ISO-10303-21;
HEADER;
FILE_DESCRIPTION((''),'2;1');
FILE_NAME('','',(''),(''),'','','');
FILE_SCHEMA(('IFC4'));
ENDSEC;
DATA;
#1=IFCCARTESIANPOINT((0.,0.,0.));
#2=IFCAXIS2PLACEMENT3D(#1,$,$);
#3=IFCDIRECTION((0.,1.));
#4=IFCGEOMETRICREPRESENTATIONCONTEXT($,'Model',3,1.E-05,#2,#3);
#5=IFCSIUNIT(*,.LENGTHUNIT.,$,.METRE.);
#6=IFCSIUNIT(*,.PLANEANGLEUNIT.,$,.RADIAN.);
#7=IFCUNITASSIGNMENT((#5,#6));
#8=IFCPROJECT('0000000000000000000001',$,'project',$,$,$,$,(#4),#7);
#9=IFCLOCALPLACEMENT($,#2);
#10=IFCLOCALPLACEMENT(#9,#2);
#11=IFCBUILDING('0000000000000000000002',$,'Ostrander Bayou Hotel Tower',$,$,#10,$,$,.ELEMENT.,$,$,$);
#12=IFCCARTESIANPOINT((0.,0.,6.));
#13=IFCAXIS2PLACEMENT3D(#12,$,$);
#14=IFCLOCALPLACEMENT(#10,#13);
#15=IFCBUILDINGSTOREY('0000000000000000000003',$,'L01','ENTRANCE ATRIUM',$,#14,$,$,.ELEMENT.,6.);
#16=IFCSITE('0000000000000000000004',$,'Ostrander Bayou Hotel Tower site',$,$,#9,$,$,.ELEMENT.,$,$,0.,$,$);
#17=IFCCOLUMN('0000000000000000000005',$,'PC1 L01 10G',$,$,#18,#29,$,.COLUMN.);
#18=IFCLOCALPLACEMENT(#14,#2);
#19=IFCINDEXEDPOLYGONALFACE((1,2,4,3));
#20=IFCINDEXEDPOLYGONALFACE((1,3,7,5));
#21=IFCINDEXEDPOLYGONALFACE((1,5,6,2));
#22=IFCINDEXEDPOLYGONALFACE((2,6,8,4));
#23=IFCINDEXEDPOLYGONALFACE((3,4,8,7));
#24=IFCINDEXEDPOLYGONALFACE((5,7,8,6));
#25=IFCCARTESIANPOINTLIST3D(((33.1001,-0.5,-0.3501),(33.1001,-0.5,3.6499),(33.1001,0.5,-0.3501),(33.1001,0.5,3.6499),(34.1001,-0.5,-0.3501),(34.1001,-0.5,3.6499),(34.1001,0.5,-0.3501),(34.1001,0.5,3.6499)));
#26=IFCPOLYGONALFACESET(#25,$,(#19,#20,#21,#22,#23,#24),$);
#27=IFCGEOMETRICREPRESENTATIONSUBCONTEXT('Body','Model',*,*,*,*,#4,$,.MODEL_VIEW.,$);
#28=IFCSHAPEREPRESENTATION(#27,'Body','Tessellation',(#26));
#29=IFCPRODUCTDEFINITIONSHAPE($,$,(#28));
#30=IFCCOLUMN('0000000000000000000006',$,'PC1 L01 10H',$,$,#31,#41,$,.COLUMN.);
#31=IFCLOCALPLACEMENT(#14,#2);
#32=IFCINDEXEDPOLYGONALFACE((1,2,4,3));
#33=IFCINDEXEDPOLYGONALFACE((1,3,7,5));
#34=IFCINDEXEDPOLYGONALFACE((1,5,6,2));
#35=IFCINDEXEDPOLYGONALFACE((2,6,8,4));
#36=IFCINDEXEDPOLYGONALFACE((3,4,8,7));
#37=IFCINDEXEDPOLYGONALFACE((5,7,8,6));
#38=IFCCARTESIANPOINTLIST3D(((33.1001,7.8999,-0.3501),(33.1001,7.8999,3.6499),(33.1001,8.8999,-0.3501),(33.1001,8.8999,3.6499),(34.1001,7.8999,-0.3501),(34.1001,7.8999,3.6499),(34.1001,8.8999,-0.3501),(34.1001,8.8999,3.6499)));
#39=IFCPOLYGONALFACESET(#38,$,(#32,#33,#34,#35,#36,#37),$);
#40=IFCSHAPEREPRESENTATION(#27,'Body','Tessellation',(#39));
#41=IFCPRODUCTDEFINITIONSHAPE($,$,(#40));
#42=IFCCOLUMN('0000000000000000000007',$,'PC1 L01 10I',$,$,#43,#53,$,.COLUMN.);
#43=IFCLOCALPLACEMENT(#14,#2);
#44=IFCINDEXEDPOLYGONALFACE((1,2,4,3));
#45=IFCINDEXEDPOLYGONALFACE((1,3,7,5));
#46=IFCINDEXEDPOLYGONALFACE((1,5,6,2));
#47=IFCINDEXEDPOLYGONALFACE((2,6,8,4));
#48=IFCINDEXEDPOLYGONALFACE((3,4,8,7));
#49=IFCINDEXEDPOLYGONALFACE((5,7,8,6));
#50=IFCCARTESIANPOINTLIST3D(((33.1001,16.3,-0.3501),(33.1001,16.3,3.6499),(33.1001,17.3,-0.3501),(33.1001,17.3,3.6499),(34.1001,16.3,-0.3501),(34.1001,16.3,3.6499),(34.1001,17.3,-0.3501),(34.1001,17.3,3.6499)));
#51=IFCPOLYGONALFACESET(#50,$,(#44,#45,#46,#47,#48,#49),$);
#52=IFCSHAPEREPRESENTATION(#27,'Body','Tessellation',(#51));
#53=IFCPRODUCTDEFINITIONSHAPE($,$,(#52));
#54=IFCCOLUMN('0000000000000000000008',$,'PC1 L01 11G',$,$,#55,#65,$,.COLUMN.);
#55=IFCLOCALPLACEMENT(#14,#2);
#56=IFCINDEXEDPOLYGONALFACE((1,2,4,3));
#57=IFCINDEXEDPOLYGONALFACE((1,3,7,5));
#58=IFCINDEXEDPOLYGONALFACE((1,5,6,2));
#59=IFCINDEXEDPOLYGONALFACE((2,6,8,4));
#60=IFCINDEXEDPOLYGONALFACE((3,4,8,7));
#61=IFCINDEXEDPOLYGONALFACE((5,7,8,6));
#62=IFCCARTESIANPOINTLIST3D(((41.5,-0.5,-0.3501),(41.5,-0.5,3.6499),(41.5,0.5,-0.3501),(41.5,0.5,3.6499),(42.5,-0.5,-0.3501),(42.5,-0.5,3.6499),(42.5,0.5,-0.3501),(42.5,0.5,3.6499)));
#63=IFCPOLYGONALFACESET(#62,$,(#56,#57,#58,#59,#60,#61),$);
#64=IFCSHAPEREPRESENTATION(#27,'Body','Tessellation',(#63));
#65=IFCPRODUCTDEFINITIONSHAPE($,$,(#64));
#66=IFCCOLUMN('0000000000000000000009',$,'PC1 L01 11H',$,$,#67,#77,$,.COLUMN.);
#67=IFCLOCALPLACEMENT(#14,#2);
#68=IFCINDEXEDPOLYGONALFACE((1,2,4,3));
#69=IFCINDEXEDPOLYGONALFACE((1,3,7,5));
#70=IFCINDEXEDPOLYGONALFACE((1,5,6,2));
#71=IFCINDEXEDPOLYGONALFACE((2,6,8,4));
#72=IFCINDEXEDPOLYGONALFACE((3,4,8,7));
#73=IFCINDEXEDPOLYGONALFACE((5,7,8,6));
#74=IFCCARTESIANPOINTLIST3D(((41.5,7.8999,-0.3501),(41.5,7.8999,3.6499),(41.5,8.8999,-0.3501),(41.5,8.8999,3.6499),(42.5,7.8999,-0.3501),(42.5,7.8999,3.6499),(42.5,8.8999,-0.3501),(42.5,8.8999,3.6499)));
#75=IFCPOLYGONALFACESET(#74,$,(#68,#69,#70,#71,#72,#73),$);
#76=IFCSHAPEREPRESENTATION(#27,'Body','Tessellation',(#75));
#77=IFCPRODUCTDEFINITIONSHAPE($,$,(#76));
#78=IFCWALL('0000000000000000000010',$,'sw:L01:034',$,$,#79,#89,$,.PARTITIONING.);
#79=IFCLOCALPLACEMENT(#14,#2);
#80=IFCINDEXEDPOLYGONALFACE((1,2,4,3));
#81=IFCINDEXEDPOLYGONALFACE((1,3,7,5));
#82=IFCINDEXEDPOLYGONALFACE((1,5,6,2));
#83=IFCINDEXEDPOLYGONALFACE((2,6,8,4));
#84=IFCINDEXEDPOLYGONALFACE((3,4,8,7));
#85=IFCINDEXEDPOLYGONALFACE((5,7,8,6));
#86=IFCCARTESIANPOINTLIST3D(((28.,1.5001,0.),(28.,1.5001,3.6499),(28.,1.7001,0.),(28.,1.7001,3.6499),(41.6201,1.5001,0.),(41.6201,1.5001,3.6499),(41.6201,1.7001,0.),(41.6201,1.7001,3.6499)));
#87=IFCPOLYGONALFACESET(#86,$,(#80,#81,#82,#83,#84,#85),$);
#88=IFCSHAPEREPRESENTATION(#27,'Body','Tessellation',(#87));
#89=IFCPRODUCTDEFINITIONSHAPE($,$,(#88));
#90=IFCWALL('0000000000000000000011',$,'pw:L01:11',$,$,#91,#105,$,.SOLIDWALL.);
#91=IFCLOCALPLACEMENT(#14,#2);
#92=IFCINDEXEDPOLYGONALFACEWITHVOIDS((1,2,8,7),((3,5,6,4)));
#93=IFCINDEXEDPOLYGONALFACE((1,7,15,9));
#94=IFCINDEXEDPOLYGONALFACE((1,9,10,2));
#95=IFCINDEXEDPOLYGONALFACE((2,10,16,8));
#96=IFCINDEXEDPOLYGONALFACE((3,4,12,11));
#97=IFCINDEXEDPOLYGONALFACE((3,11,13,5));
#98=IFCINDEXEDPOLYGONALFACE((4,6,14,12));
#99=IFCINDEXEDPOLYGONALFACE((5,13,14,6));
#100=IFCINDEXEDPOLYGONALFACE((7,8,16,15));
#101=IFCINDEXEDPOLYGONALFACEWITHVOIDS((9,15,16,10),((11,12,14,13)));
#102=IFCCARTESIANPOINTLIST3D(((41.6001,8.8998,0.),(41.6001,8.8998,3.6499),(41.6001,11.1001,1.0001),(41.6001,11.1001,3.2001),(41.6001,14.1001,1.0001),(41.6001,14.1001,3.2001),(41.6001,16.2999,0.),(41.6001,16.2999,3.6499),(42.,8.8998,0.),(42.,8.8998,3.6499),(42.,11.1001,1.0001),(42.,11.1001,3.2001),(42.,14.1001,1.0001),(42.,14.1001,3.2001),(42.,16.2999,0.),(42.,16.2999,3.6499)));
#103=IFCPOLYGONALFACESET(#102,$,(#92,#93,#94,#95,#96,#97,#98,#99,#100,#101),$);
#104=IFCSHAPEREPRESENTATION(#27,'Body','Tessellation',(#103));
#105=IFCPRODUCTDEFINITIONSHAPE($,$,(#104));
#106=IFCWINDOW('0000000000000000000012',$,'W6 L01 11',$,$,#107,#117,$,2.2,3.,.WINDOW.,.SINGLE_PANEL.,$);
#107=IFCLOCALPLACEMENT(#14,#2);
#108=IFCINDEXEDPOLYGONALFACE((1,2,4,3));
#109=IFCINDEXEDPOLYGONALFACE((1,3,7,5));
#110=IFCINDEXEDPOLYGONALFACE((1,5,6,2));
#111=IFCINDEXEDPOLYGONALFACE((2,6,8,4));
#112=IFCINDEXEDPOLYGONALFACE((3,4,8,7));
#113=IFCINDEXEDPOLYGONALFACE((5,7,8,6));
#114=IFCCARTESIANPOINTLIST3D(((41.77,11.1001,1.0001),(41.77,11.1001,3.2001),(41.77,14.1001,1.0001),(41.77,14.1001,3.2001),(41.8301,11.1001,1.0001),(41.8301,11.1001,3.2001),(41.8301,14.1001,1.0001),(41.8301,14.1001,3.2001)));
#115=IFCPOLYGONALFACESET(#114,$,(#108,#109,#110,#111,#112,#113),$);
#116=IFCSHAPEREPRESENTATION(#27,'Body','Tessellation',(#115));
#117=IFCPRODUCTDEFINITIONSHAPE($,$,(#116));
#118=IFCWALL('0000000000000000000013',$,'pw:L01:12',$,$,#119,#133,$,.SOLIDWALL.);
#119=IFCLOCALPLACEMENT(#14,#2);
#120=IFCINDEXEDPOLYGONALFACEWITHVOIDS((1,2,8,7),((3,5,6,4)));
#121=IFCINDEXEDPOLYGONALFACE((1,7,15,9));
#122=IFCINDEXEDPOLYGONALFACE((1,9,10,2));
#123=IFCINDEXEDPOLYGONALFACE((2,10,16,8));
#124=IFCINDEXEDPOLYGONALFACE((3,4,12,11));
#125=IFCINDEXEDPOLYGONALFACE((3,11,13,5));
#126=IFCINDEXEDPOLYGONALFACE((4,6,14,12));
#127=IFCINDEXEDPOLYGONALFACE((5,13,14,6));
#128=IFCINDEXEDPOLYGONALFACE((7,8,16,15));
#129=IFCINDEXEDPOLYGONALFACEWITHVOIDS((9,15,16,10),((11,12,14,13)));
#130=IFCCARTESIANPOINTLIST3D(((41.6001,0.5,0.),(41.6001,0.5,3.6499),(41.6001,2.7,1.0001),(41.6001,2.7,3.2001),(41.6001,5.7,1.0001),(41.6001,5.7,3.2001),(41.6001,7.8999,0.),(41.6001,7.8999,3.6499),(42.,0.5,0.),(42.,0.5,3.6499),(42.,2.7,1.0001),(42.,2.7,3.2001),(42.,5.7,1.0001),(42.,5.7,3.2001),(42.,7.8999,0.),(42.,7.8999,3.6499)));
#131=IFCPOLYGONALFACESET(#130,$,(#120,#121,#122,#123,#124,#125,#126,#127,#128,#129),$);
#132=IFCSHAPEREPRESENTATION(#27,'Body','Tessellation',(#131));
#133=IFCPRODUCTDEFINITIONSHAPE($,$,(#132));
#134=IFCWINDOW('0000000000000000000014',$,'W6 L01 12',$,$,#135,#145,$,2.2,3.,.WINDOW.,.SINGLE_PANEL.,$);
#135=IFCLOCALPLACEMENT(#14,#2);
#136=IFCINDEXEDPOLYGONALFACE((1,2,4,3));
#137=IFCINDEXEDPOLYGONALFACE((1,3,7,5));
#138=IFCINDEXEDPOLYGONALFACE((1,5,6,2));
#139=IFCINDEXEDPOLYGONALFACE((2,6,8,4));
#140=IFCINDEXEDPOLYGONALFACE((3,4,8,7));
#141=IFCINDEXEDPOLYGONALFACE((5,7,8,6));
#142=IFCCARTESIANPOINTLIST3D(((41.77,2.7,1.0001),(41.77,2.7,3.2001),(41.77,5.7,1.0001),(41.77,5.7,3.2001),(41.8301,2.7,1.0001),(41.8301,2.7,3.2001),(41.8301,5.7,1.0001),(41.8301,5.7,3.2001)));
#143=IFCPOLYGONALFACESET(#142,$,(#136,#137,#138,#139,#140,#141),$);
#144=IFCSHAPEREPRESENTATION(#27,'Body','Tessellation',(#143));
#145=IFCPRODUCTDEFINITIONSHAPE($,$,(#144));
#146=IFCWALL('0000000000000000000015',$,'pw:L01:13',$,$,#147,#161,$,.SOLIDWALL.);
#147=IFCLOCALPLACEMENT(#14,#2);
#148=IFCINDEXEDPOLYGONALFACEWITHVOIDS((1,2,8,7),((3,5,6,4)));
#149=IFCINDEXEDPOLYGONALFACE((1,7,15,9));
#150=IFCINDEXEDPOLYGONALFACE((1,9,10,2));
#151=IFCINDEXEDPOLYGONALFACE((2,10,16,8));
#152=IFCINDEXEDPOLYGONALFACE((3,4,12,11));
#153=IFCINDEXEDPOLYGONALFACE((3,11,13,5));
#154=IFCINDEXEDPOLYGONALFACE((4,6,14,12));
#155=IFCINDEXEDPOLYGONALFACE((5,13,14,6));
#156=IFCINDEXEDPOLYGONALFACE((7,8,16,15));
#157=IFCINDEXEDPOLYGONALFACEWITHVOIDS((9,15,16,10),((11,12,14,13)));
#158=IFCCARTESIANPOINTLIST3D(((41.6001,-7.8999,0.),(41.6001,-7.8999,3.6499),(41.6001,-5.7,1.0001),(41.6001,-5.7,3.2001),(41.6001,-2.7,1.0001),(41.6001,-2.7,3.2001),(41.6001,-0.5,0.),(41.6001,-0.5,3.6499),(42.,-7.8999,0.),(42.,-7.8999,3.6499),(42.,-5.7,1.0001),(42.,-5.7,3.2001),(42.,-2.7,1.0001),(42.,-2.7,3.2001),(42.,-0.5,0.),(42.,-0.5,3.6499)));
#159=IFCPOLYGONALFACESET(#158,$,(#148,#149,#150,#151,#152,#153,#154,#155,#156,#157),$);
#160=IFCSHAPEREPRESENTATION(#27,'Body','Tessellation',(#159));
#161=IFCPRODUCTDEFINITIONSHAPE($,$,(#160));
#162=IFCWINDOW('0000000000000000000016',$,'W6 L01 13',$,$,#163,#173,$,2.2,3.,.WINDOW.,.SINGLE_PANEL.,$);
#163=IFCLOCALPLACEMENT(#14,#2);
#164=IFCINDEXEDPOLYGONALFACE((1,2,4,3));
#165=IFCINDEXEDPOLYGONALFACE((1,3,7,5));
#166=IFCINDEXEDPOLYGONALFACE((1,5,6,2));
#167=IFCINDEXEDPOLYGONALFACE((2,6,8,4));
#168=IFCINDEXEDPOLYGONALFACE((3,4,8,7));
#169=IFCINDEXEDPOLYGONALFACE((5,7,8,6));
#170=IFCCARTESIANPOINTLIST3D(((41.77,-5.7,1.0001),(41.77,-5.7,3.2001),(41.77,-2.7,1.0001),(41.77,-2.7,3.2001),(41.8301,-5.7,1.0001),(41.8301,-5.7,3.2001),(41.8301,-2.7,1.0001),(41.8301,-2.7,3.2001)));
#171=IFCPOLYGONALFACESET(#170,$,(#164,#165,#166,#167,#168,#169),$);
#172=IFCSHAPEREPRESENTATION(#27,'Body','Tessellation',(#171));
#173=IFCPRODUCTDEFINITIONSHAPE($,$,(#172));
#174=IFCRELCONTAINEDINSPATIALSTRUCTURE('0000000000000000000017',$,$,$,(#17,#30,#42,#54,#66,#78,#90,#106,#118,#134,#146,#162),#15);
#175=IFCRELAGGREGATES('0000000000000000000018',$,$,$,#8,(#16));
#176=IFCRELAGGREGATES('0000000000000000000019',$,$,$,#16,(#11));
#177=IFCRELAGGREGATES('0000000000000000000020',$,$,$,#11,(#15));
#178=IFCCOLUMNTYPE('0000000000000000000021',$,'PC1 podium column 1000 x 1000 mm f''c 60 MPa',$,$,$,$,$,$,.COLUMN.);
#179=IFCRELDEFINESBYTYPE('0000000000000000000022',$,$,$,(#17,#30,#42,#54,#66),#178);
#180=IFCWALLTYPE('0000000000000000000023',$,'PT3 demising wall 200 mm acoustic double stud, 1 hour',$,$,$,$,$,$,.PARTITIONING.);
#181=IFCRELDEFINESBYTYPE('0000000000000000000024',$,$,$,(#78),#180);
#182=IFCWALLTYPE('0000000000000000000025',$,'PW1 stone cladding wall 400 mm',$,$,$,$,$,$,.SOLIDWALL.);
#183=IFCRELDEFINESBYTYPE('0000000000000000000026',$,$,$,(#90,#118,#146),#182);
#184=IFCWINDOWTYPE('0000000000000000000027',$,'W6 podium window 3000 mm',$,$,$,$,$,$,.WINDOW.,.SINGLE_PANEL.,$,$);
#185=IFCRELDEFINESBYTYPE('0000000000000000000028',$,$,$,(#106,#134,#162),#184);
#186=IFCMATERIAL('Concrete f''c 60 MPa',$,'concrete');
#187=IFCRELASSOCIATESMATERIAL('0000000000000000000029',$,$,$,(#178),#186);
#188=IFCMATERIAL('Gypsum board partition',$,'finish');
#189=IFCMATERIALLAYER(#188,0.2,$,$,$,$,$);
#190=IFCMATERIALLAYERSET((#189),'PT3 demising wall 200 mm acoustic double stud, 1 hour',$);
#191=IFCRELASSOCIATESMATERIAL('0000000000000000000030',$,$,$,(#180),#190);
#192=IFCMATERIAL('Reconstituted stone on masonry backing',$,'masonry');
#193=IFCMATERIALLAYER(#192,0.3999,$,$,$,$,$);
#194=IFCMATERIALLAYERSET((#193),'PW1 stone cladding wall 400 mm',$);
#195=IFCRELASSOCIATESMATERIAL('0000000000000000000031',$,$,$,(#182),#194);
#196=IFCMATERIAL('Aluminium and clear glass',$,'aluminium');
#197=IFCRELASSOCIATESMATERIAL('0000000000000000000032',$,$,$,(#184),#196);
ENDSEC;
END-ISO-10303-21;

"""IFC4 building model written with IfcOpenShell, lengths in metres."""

from ifc_helpers import new_model, si_unit, direction, frame, frame_2d, origin, origin_2d, place, context, subcontext, project, spatial, rectangle, extrude, material, layer, layer_set, material_profile, profile_set, type_object, element, fill, save


model = new_model("IFC4")

# Units and contexts
model_context = context("Model", 3, precision=1e-05, world=origin(), true_north=direction((0.0, 1.0)))
body_context = subcontext(model_context, "Body", "Model", "MODEL_VIEW")
ifc_project = project(units=[si_unit("LENGTHUNIT", "METRE"), si_unit("PLANEANGLEUNIT", "RADIAN")], contexts=[model_context])

# Site, building, storey
site_placement = place(None, origin())
site = spatial("IfcSite", under=ifc_project, at=site_placement, Name="Ostrander Bayou Hotel Tower site", CompositionType="ELEMENT", RefElevation=0.0)
building_placement = place(site_placement, origin())
building = spatial("IfcBuilding", under=site, at=building_placement, Name="Ostrander Bayou Hotel Tower", CompositionType="ELEMENT")
storey_placement = place(building_placement, frame((0.0, 0.0, 6.0)))
storey = spatial("IfcBuildingStorey", under=building, at=storey_placement, Name="L01", Description="ENTRANCE ATRIUM", CompositionType="ELEMENT", Elevation=6.0)

# Columns
ifc_material_1 = material(Name="Concrete f'c 60 MPa", Category="concrete")
ifc_material_profile = material_profile(ifc_material_1, rectangle(XDim=1.0, YDim=1.0, at=origin_2d()))
ifc_profile_set = profile_set([ifc_material_profile], Name="Concrete f'c 60 MPa")
column_type = type_object("IfcColumnType", Name="PC1 podium column 1000 x 1000 mm f'c 60 MPa", PredefinedType="COLUMN", material=ifc_profile_set)
for number, where, z_axis, x_axis, name in (
    (1, (33.6001, 0.0, -0.3501), (0.0, 0.0, 1.0), (1.0, 0.0, 0.0), "PC1 L01 10G"),
    (2, (33.6001, 8.3999, -0.3501), (0.0, 0.0, 1.0), (1.0, 0.0, 0.0), "PC1 L01 10H"),
    (3, (33.6001, 16.8, -0.3501), (0.0, 0.0, 1.0), (1.0, 0.0, 0.0), "PC1 L01 10I"),
    (4, (42.0, 0.0, -0.3501), (0.0, 0.0, 1.0), (1.0, 0.0, 0.0), "PC1 L01 11G"),
    (5, (42.0, 8.3999, -0.3501), (0.0, 0.0, 1.0), (1.0, 0.0, 0.0), "PC1 L01 11H"),
):
    element("IfcColumn", number, at=place(storey_placement, frame(where, z_axis=z_axis, x_axis=x_axis)), inside=storey, type_object=column_type, Name=name, PredefinedType="COLUMN", context=body_context, shape_type="SweptSolid", body=[
        extrude(rectangle(XDim=1.0, YDim=1.0, at=origin_2d()), origin(), (0.0, 0.0, 1.0), 4.0),
    ])

# Wall
ifc_material_2 = material(Name="Gypsum board partition", Category="finish")
ifc_layer_1 = layer(ifc_material_2, 0.2)
ifc_layer_set_1 = layer_set([ifc_layer_1], Name="PT3 demising wall 200 mm acoustic double stud, 1 hour")
wall_type_1 = type_object("IfcWallType", Name="PT3 demising wall 200 mm acoustic double stud, 1 hour", PredefinedType="PARTITIONING", material=ifc_layer_set_1)
wall_1_placement = place(storey_placement, frame((28.0, 1.6001, 0.0), z_axis=(0.0, 0.0, 1.0), x_axis=(1.0, 0.0, 0.0)))
element("IfcWall", 6, at=wall_1_placement, inside=storey, type_object=wall_type_1, Name="sw:L01:034", PredefinedType="PARTITIONING", context=body_context, shape_type="SweptSolid", body=[
    extrude(rectangle(XDim=13.6201, YDim=0.2, at=frame_2d((6.8101, 0.0))), origin(), (0.0, 0.0, 1.0), 3.6499),
])

# Walls, openings, windows
ifc_material_3 = material(Name="Reconstituted stone on masonry backing", Category="masonry")
ifc_layer_2 = layer(ifc_material_3, 0.3999)
ifc_layer_set_2 = layer_set([ifc_layer_2], Name="PW1 stone cladding wall 400 mm")
wall_type_2 = type_object("IfcWallType", Name="PW1 stone cladding wall 400 mm", PredefinedType="SOLIDWALL", material=ifc_layer_set_2)
wall_2_placement = place(storey_placement, frame((41.8, 16.3, 0.0), z_axis=(0.0, 0.0, 1.0), x_axis=(0.0, -1.0, 0.0)))
wall_2 = element("IfcWall", 7, at=wall_2_placement, inside=storey, type_object=wall_type_2, Name="pw:L01:11", PredefinedType="SOLIDWALL", context=body_context, shape_type="SweptSolid", body=[
    extrude(rectangle(XDim=7.4001, YDim=0.3999, at=frame_2d((3.7002, 0.0))), origin(), (0.0, 0.0, 1.0), 3.6499),
])
opening_1_placement = place(wall_2_placement, frame((2.2, 0.0, 1.0)))
opening_1 = element("IfcOpeningElement", 8, at=opening_1_placement, cuts=wall_2, PredefinedType="OPENING", context=body_context, shape_type="SweptSolid", body=[
    extrude(rectangle(XDim=3.0, YDim=2.2, at=frame_2d((1.5, 1.1001))), frame((0.0, 0.2, 0.0), z_axis=(0.0, -1.0, 0.0), x_axis=(1.0, 0.0, 0.0)), (0.0, 0.0, 1.0), 0.3999),
])
ifc_material_4 = material(Name="Aluminium and clear glass", Category="aluminium")
window_type = type_object("IfcWindowType", Name="W6 podium window 3000 mm", PartitioningType="SINGLE_PANEL", PredefinedType="WINDOW", material=ifc_material_4)
window_1_placement = place(opening_1_placement, origin())
window_1 = element("IfcWindow", 9, at=window_1_placement, inside=storey, type_object=window_type, Name="W6 L01 11", OverallHeight=2.2, OverallWidth=3.0, PartitioningType="SINGLE_PANEL", PredefinedType="WINDOW", context=body_context, shape_type="SweptSolid", body=[
    extrude(rectangle(XDim=3.0, YDim=2.2, at=frame_2d((1.5, 1.1001))), frame((0.0, 0.03, 0.0), z_axis=(0.0, -1.0, 0.0), x_axis=(1.0, 0.0, 0.0)), (0.0, 0.0, 1.0), 0.0601),
])
fill(opening_1, window_1)
wall_3_placement = place(storey_placement, frame((41.8, 7.8999, 0.0), z_axis=(0.0, 0.0, 1.0), x_axis=(0.0, -1.0, 0.0)))
wall_3 = element("IfcWall", 10, at=wall_3_placement, inside=storey, type_object=wall_type_2, Name="pw:L01:12", PredefinedType="SOLIDWALL", context=body_context, shape_type="SweptSolid", body=[
    extrude(rectangle(XDim=7.3999, YDim=0.3999, at=frame_2d((3.7, 0.0))), origin(), (0.0, 0.0, 1.0), 3.6499),
])
opening_2_placement = place(wall_3_placement, frame((2.2, 0.0, 1.0)))
opening_2 = element("IfcOpeningElement", 11, at=opening_2_placement, cuts=wall_3, PredefinedType="OPENING", context=body_context, shape_type="SweptSolid", body=[
    extrude(rectangle(XDim=3.0, YDim=2.2, at=frame_2d((1.5, 1.1001))), frame((0.0, 0.2, 0.0), z_axis=(0.0, -1.0, 0.0), x_axis=(1.0, 0.0, 0.0)), (0.0, 0.0, 1.0), 0.3999),
])
window_2_placement = place(opening_2_placement, origin())
window_2 = element("IfcWindow", 12, at=window_2_placement, inside=storey, type_object=window_type, Name="W6 L01 12", OverallHeight=2.2, OverallWidth=3.0, PartitioningType="SINGLE_PANEL", PredefinedType="WINDOW", context=body_context, shape_type="SweptSolid", body=[
    extrude(rectangle(XDim=3.0, YDim=2.2, at=frame_2d((1.5, 1.1001))), frame((0.0, 0.03, 0.0), z_axis=(0.0, -1.0, 0.0), x_axis=(1.0, 0.0, 0.0)), (0.0, 0.0, 1.0), 0.0601),
])
fill(opening_2, window_2)
wall_4_placement = place(storey_placement, frame((41.8, -0.5, 0.0), z_axis=(0.0, 0.0, 1.0), x_axis=(0.0, -1.0, 0.0)))
wall_4 = element("IfcWall", 13, at=wall_4_placement, inside=storey, type_object=wall_type_2, Name="pw:L01:13", PredefinedType="SOLIDWALL", context=body_context, shape_type="SweptSolid", body=[
    extrude(rectangle(XDim=7.3999, YDim=0.3999, at=frame_2d((3.7, 0.0))), origin(), (0.0, 0.0, 1.0), 3.6499),
])
opening_3_placement = place(wall_4_placement, frame((2.2, 0.0, 1.0)))
opening_3 = element("IfcOpeningElement", 14, at=opening_3_placement, cuts=wall_4, PredefinedType="OPENING", context=body_context, shape_type="SweptSolid", body=[
    extrude(rectangle(XDim=3.0, YDim=2.2, at=frame_2d((1.5, 1.1001))), frame((0.0, 0.2, 0.0), z_axis=(0.0, -1.0, 0.0), x_axis=(1.0, 0.0, 0.0)), (0.0, 0.0, 1.0), 0.3999),
])
window_3_placement = place(opening_3_placement, origin())
window_3 = element("IfcWindow", 15, at=window_3_placement, inside=storey, type_object=window_type, Name="W6 L01 13", OverallHeight=2.2, OverallWidth=3.0, PartitioningType="SINGLE_PANEL", PredefinedType="WINDOW", context=body_context, shape_type="SweptSolid", body=[
    extrude(rectangle(XDim=3.0, YDim=2.2, at=frame_2d((1.5, 1.1001))), frame((0.0, 0.03, 0.0), z_axis=(0.0, -1.0, 0.0), x_axis=(1.0, 0.0, 0.0)), (0.0, 0.0, 1.0), 0.0601),
])
fill(opening_3, window_3)

save(model, "model.ifc")
